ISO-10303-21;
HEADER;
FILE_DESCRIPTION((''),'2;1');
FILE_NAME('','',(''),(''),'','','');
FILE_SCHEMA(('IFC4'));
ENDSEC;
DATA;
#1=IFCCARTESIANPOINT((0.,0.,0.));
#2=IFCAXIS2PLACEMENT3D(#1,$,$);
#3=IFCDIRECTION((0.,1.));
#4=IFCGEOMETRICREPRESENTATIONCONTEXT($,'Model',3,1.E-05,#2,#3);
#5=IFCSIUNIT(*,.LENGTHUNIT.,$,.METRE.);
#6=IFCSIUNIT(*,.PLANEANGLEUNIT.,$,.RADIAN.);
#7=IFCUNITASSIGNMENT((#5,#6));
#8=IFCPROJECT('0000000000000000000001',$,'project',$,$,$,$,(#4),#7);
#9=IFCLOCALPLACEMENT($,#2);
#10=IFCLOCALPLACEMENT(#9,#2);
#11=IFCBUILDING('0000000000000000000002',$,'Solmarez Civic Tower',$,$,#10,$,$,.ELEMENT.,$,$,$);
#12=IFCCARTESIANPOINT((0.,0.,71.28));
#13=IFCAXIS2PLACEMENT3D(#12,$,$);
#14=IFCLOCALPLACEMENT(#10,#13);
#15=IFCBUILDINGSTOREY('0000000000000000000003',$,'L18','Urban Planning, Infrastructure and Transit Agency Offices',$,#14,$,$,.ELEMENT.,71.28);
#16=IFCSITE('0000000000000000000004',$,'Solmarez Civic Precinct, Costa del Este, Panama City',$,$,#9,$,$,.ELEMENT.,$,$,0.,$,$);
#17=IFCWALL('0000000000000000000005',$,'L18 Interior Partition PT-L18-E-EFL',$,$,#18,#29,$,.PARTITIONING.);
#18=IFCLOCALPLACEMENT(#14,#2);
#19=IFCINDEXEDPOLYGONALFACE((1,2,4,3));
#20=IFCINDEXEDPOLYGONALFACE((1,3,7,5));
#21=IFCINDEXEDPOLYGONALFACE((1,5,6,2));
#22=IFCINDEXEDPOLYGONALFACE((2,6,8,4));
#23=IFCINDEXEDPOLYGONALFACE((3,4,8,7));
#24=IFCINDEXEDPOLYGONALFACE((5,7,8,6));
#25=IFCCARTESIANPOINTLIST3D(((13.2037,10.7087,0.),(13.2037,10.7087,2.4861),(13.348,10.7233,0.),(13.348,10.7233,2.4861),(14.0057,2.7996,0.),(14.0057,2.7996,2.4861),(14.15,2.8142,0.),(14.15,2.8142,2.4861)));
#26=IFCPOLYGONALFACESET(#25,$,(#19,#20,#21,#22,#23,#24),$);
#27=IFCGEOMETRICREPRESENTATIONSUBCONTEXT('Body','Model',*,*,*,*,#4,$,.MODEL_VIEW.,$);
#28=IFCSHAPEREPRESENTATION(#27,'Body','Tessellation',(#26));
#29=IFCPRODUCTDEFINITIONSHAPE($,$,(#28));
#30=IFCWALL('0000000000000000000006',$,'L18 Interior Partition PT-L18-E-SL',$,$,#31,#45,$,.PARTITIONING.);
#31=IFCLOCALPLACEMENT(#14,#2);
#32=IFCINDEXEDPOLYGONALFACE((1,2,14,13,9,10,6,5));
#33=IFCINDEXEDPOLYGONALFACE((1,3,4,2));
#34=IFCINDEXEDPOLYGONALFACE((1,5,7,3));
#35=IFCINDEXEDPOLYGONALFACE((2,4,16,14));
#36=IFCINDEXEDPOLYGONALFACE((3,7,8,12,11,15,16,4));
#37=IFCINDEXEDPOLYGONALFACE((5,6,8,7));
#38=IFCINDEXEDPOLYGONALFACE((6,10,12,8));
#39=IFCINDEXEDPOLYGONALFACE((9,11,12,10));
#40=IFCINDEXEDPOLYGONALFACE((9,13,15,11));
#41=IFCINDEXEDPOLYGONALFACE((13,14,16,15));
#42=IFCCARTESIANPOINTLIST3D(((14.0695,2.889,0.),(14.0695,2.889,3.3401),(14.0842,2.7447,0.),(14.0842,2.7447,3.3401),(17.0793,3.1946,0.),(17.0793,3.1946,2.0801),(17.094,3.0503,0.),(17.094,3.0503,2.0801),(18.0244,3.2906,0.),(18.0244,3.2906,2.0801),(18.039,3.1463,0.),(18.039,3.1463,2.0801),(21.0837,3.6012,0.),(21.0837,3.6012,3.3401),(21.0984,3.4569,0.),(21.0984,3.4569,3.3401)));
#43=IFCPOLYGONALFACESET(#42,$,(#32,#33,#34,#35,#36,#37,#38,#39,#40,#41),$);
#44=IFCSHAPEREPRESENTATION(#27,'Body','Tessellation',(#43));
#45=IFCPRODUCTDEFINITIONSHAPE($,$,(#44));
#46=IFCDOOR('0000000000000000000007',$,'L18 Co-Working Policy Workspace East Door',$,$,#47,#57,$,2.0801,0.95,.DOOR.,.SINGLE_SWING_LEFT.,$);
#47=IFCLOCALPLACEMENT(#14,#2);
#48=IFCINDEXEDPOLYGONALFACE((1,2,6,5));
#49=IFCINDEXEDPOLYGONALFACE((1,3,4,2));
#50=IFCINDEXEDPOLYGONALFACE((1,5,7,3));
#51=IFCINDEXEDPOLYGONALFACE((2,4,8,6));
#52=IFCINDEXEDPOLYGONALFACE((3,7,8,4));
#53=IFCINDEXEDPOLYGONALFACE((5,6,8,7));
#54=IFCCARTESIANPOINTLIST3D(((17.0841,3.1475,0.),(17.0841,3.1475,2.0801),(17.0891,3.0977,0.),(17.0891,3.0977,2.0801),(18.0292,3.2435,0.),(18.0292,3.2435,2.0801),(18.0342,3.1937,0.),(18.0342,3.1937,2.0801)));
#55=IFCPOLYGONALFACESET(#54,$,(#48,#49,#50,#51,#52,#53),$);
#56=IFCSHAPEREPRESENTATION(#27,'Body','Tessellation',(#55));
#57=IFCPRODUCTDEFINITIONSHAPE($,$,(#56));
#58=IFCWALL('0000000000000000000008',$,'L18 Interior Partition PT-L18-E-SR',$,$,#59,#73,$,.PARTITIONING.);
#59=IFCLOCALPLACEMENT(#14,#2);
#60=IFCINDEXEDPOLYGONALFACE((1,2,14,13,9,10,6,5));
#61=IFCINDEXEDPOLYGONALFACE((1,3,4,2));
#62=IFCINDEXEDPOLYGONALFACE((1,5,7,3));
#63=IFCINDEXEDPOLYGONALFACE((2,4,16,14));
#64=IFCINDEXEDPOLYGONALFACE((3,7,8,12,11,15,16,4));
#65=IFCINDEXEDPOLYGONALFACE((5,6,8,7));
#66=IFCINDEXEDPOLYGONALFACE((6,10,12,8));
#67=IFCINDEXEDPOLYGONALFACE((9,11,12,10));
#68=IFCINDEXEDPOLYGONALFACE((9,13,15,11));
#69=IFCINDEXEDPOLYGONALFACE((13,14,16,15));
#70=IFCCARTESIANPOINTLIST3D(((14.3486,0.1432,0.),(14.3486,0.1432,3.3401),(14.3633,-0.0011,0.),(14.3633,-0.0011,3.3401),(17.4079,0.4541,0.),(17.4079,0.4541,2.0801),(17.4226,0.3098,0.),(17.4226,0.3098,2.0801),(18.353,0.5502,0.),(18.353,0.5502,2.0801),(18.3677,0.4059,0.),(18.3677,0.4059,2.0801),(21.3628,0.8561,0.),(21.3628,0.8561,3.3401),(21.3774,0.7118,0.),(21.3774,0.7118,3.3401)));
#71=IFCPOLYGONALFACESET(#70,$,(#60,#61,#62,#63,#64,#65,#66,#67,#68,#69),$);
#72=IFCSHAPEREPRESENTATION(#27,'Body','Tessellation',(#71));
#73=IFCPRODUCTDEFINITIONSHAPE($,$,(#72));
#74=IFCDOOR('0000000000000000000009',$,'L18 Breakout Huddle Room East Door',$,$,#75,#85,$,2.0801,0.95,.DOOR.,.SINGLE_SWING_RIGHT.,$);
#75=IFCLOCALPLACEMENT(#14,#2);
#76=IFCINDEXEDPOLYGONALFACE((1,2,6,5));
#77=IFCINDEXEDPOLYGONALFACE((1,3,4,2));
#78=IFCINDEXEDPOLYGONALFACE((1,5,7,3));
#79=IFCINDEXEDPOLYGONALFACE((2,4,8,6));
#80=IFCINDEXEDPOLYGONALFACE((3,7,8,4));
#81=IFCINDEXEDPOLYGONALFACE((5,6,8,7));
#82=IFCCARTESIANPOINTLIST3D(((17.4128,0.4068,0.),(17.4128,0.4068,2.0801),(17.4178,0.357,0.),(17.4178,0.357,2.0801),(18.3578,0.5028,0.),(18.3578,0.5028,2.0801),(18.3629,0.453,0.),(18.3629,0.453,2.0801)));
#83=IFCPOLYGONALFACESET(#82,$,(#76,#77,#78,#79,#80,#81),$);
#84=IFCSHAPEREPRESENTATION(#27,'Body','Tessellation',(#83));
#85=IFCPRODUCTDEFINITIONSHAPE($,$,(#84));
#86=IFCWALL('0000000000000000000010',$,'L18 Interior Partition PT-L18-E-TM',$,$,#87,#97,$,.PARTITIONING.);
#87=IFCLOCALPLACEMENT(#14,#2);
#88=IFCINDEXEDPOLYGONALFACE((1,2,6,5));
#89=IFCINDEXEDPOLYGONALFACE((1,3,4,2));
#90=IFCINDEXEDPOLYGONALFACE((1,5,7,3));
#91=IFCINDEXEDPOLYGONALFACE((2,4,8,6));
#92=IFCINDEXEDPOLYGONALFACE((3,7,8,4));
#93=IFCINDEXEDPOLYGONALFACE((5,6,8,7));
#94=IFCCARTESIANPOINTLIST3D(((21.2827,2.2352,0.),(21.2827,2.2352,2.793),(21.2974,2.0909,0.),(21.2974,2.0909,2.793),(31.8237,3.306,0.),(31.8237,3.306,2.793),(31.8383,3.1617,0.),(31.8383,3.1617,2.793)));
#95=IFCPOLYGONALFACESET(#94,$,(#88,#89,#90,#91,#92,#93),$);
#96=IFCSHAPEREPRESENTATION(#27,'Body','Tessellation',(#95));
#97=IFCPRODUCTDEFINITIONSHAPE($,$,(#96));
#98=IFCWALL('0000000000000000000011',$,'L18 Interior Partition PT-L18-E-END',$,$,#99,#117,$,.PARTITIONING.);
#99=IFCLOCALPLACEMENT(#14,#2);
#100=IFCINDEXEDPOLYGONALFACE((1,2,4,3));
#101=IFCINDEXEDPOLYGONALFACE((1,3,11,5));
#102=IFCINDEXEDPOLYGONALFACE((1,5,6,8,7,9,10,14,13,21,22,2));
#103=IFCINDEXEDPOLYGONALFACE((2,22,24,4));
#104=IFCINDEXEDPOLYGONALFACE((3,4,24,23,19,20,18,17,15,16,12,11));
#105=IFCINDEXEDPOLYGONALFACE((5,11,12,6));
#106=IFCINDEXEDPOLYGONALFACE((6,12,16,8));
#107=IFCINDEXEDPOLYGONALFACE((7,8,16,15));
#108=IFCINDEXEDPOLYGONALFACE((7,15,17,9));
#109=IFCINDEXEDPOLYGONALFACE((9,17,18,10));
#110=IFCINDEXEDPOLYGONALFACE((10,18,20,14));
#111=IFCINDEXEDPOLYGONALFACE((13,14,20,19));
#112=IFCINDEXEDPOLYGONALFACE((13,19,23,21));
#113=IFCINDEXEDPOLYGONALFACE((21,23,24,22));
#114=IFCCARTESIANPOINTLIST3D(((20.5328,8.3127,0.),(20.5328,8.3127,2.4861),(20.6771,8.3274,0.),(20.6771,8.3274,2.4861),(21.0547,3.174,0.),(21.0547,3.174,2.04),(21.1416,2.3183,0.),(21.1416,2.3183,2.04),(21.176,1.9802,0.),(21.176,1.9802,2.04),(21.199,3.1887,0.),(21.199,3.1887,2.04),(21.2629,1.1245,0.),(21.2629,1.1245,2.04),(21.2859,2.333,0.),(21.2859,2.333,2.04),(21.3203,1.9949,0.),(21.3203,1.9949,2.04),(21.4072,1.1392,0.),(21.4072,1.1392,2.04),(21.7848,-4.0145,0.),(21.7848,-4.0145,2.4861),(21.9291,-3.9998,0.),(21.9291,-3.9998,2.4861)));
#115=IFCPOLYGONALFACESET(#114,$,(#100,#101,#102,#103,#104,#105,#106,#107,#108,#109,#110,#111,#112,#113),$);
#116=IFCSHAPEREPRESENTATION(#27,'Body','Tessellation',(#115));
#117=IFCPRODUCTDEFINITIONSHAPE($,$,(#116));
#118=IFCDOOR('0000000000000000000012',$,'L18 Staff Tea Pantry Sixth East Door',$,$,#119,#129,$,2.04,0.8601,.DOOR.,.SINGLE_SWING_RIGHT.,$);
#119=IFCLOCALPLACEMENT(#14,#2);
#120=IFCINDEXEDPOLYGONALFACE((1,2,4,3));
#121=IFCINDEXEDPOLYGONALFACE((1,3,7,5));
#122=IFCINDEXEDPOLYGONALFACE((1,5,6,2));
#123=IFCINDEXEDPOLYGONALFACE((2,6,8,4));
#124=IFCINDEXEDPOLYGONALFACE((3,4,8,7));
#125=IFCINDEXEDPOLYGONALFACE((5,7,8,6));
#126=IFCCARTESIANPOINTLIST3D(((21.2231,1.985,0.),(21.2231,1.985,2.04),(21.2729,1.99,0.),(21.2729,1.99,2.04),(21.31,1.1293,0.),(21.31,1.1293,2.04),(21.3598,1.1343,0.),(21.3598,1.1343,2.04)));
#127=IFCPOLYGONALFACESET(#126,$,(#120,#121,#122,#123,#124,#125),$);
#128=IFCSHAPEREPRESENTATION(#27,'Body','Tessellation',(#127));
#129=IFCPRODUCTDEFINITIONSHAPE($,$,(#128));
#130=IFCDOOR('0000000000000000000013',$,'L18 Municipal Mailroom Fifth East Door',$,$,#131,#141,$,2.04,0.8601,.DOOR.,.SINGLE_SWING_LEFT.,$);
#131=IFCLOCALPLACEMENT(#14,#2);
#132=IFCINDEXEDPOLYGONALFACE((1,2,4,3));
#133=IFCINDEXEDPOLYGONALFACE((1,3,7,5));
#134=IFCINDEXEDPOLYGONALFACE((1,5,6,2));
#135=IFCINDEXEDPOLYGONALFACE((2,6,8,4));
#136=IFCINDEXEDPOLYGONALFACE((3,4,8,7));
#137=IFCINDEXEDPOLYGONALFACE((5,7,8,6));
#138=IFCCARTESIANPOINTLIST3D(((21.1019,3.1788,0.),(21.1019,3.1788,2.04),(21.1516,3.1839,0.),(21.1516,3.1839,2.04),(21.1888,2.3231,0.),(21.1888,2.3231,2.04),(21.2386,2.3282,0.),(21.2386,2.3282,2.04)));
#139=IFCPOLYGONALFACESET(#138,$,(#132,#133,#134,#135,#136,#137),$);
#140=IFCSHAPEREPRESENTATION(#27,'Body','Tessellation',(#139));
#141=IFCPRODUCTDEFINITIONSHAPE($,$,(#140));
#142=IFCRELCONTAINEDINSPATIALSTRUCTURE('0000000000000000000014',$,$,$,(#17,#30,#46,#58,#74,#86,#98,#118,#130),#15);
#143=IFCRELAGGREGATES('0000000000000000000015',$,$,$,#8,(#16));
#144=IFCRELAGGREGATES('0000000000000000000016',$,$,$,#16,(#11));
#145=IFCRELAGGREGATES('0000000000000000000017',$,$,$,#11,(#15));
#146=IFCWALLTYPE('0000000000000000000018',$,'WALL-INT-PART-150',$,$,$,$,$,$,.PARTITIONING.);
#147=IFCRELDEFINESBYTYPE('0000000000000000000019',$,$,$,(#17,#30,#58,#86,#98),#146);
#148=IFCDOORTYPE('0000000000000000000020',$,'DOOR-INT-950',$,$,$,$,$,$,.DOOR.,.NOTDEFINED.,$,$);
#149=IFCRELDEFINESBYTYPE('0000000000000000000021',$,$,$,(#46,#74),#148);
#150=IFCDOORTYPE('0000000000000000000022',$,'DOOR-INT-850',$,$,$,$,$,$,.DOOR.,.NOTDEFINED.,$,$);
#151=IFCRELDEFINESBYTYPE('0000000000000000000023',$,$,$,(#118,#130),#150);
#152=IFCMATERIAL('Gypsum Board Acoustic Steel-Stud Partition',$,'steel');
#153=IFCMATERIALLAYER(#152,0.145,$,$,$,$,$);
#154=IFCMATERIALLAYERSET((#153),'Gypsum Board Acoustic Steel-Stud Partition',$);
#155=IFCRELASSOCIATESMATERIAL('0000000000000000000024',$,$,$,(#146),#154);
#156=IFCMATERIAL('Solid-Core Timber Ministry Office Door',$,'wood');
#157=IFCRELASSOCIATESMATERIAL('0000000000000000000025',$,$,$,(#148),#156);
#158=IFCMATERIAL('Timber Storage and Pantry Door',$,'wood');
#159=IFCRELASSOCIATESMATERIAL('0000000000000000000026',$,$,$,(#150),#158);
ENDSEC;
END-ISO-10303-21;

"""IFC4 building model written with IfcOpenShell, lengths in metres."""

from ifc_helpers import new_model, si_unit, direction, frame, frame_2d, origin, place, context, subcontext, project, spatial, rectangle, extrude, material, layer, layer_set, type_object, element, fill, save


model = new_model("IFC4")

# Units and contexts
model_context = context("Model", 3, precision=1e-05, world=origin(), true_north=direction((0.0, 1.0)))
body_context = subcontext(model_context, "Body", "Model", "MODEL_VIEW")
ifc_project = project(units=[si_unit("LENGTHUNIT", "METRE"), si_unit("PLANEANGLEUNIT", "RADIAN")], contexts=[model_context])

# Site, building, storey
site_placement = place(None, origin())
site = spatial("IfcSite", under=ifc_project, at=site_placement, Name="Solmarez Civic Precinct, Costa del Este, Panama City", CompositionType="ELEMENT", RefElevation=0.0)
building_placement = place(site_placement, origin())
building = spatial("IfcBuilding", under=site, at=building_placement, Name="Solmarez Civic Tower", CompositionType="ELEMENT")
storey_placement = place(building_placement, frame((0.0, 0.0, 71.28)))
storey = spatial("IfcBuildingStorey", under=building, at=storey_placement, Name="L18", Description="Urban Planning, Infrastructure and Transit Agency Offices", CompositionType="ELEMENT", Elevation=71.28)

# Wall
ifc_material_1 = material(Name="Gypsum Board Acoustic Steel-Stud Partition", Category="steel")
ifc_layer_1 = layer(ifc_material_1, 0.145)
ifc_layer_set_1 = layer_set([ifc_layer_1], Name="Gypsum Board Acoustic Steel-Stud Partition")
wall_type_1 = type_object("IfcWallType", Name="WALL-INT-PART-150", PredefinedType="PARTITIONING", material=ifc_layer_set_1)
wall_1_placement = place(storey_placement, frame((14.0779, 2.8069, 0.0), z_axis=(0.0, 0.0, 1.0), x_axis=(-0.100884, 0.994898, 0.0)))
element("IfcWall", 1, at=wall_1_placement, inside=storey, type_object=wall_type_1, Name="L18 Interior Partition PT-L18-E-EFL", PredefinedType="PARTITIONING", context=body_context, shape_type="SweptSolid", body=[
    extrude(rectangle(XDim=7.9497, YDim=0.145, at=frame_2d((3.9749, 0.0))), origin(), (0.0, 0.0, 1.0), 2.4861),
])

# Walls, openings, doors
wall_2_placement = place(storey_placement, frame((21.0911, 3.5291, 0.0), z_axis=(0.0, 0.0, 1.0), x_axis=(-0.994885, -0.101012, 0.0)))
wall_2 = element("IfcWall", 2, at=wall_2_placement, inside=storey, type_object=wall_type_1, Name="L18 Interior Partition PT-L18-E-SL", PredefinedType="PARTITIONING", context=body_context, shape_type="SweptSolid", body=[
    extrude(rectangle(XDim=7.0503, YDim=0.145, at=frame_2d((3.5251, 0.0))), origin(), (0.0, 0.0, 1.0), 3.3401),
])
opening_1_placement = place(wall_2_placement, frame((3.075, 0.0, 0.0)))
opening_1 = element("IfcOpeningElement", 3, at=opening_1_placement, cuts=wall_2, PredefinedType="OPENING", context=body_context, shape_type="SweptSolid", body=[
    extrude(rectangle(XDim=0.95, YDim=2.0801, at=frame_2d((0.4751, 1.04))), frame((0.0, 0.0825, 0.0), z_axis=(0.0, -1.0, 0.0), x_axis=(1.0, 0.0, 0.0)), (0.0, 0.0, 1.0), 0.165),
])
ifc_material_2 = material(Name="Solid-Core Timber Ministry Office Door", Category="wood")
door_type_1 = type_object("IfcDoorType", Name="DOOR-INT-950", OperationType="NOTDEFINED", PredefinedType="DOOR", material=ifc_material_2)
door_1_placement = place(opening_1_placement, origin())
door_1 = element("IfcDoor", 4, at=door_1_placement, inside=storey, type_object=door_type_1, Name="L18 Co-Working Policy Workspace East Door", OperationType="SINGLE_SWING_LEFT", OverallHeight=2.0801, OverallWidth=0.95, PredefinedType="DOOR", context=body_context, shape_type="SweptSolid", body=[
    extrude(rectangle(XDim=0.95, YDim=2.0801, at=frame_2d((0.4751, 1.04))), frame((0.0, 0.0249, 0.0), z_axis=(0.0, -1.0, 0.0), x_axis=(1.0, 0.0, 0.0)), (0.0, 0.0, 1.0), 0.05),
])
fill(opening_1, door_1)
wall_3_placement = place(storey_placement, frame((14.356, 0.071, 0.0), z_axis=(0.0, 0.0, 1.0), x_axis=(0.994875, 0.101115, 0.0)))
wall_3 = element("IfcWall", 5, at=wall_3_placement, inside=storey, type_object=wall_type_1, Name="L18 Interior Partition PT-L18-E-SR", PredefinedType="PARTITIONING", context=body_context, shape_type="SweptSolid", body=[
    extrude(rectangle(XDim=7.0503, YDim=0.145, at=frame_2d((3.5251, 0.0))), origin(), (0.0, 0.0, 1.0), 3.3401),
])
opening_2_placement = place(wall_3_placement, frame((3.075, 0.0, 0.0)))
opening_2 = element("IfcOpeningElement", 6, at=opening_2_placement, cuts=wall_3, PredefinedType="OPENING", context=body_context, shape_type="SweptSolid", body=[
    extrude(rectangle(XDim=0.95, YDim=2.0801, at=frame_2d((0.4751, 1.04))), frame((0.0, 0.0825, 0.0), z_axis=(0.0, -1.0, 0.0), x_axis=(1.0, 0.0, 0.0)), (0.0, 0.0, 1.0), 0.165),
])
door_2_placement = place(opening_2_placement, origin())
door_2 = element("IfcDoor", 7, at=door_2_placement, inside=storey, type_object=door_type_1, Name="L18 Breakout Huddle Room East Door", OperationType="SINGLE_SWING_RIGHT", OverallHeight=2.0801, OverallWidth=0.95, PredefinedType="DOOR", context=body_context, shape_type="SweptSolid", body=[
    extrude(rectangle(XDim=0.95, YDim=2.0801, at=frame_2d((0.4751, 1.04))), frame((0.0, 0.0249, 0.0), z_axis=(0.0, -1.0, 0.0), x_axis=(1.0, 0.0, 0.0)), (0.0, 0.0, 1.0), 0.05),
])
fill(opening_2, door_2)

# Wall
wall_4_placement = place(storey_placement, frame((21.29, 2.1631, 0.0), z_axis=(0.0, 0.0, 1.0), x_axis=(0.99488, 0.101064, 0.0)))
element("IfcWall", 8, at=wall_4_placement, inside=storey, type_object=wall_type_1, Name="L18 Interior Partition PT-L18-E-TM", PredefinedType="PARTITIONING", context=body_context, shape_type="SweptSolid", body=[
    extrude(rectangle(XDim=10.5952, YDim=0.145, at=frame_2d((5.2976, 0.0))), origin(), (0.0, 0.0, 1.0), 2.793),
])

# Wall, openings, doors
wall_5_placement = place(storey_placement, frame((20.605, 8.3201, 0.0), z_axis=(0.0, 0.0, 1.0), x_axis=(0.101041, -0.994882, 0.0)))
wall_5 = element("IfcWall", 9, at=wall_5_placement, inside=storey, type_object=wall_type_1, Name="L18 Interior Partition PT-L18-E-END", PredefinedType="PARTITIONING", context=body_context, shape_type="SweptSolid", body=[
    extrude(rectangle(XDim=12.3906, YDim=0.145, at=frame_2d((6.1953, 0.0))), origin(), (0.0, 0.0, 1.0), 2.4861),
])
opening_3_placement = place(wall_5_placement, frame((6.365, 0.0, 0.0)))
opening_3 = element("IfcOpeningElement", 10, at=opening_3_placement, cuts=wall_5, PredefinedType="OPENING", context=body_context, shape_type="SweptSolid", body=[
    extrude(rectangle(XDim=0.8601, YDim=2.04, at=frame_2d((0.4302, 1.02))), frame((0.0, 0.0825, 0.0), z_axis=(0.0, -1.0, 0.0), x_axis=(1.0, 0.0, 0.0)), (0.0, 0.0, 1.0), 0.165),
])
opening_4_placement = place(wall_5_placement, frame((5.165, 0.0, 0.0)))
opening_4 = element("IfcOpeningElement", 11, at=opening_4_placement, cuts=wall_5, PredefinedType="OPENING", context=body_context, shape_type="SweptSolid", body=[
    extrude(rectangle(XDim=0.8601, YDim=2.04, at=frame_2d((0.4302, 1.02))), frame((0.0, 0.0825, 0.0), z_axis=(0.0, -1.0, 0.0), x_axis=(1.0, 0.0, 0.0)), (0.0, 0.0, 1.0), 0.165),
])
ifc_material_3 = material(Name="Timber Storage and Pantry Door", Category="wood")
door_type_2 = type_object("IfcDoorType", Name="DOOR-INT-850", OperationType="NOTDEFINED", PredefinedType="DOOR", material=ifc_material_3)
door_3_placement = place(opening_3_placement, origin())
door_3 = element("IfcDoor", 12, at=door_3_placement, inside=storey, type_object=door_type_2, Name="L18 Staff Tea Pantry Sixth East Door", OperationType="SINGLE_SWING_RIGHT", OverallHeight=2.04, OverallWidth=0.8601, PredefinedType="DOOR", context=body_context, shape_type="SweptSolid", body=[
    extrude(rectangle(XDim=0.8601, YDim=2.04, at=frame_2d((0.4302, 1.02))), frame((0.0, 0.0249, 0.0), z_axis=(0.0, -1.0, 0.0), x_axis=(1.0, 0.0, 0.0)), (0.0, 0.0, 1.0), 0.05),
])
fill(opening_3, door_3)
door_4_placement = place(opening_4_placement, origin())
door_4 = element("IfcDoor", 13, at=door_4_placement, inside=storey, type_object=door_type_2, Name="L18 Municipal Mailroom Fifth East Door", OperationType="SINGLE_SWING_LEFT", OverallHeight=2.04, OverallWidth=0.8601, PredefinedType="DOOR", context=body_context, shape_type="SweptSolid", body=[
    extrude(rectangle(XDim=0.8601, YDim=2.04, at=frame_2d((0.4302, 1.02))), frame((0.0, 0.0249, 0.0), z_axis=(0.0, -1.0, 0.0), x_axis=(1.0, 0.0, 0.0)), (0.0, 0.0, 1.0), 0.05),
])
fill(opening_4, door_4)

save(model, "model.ifc")
